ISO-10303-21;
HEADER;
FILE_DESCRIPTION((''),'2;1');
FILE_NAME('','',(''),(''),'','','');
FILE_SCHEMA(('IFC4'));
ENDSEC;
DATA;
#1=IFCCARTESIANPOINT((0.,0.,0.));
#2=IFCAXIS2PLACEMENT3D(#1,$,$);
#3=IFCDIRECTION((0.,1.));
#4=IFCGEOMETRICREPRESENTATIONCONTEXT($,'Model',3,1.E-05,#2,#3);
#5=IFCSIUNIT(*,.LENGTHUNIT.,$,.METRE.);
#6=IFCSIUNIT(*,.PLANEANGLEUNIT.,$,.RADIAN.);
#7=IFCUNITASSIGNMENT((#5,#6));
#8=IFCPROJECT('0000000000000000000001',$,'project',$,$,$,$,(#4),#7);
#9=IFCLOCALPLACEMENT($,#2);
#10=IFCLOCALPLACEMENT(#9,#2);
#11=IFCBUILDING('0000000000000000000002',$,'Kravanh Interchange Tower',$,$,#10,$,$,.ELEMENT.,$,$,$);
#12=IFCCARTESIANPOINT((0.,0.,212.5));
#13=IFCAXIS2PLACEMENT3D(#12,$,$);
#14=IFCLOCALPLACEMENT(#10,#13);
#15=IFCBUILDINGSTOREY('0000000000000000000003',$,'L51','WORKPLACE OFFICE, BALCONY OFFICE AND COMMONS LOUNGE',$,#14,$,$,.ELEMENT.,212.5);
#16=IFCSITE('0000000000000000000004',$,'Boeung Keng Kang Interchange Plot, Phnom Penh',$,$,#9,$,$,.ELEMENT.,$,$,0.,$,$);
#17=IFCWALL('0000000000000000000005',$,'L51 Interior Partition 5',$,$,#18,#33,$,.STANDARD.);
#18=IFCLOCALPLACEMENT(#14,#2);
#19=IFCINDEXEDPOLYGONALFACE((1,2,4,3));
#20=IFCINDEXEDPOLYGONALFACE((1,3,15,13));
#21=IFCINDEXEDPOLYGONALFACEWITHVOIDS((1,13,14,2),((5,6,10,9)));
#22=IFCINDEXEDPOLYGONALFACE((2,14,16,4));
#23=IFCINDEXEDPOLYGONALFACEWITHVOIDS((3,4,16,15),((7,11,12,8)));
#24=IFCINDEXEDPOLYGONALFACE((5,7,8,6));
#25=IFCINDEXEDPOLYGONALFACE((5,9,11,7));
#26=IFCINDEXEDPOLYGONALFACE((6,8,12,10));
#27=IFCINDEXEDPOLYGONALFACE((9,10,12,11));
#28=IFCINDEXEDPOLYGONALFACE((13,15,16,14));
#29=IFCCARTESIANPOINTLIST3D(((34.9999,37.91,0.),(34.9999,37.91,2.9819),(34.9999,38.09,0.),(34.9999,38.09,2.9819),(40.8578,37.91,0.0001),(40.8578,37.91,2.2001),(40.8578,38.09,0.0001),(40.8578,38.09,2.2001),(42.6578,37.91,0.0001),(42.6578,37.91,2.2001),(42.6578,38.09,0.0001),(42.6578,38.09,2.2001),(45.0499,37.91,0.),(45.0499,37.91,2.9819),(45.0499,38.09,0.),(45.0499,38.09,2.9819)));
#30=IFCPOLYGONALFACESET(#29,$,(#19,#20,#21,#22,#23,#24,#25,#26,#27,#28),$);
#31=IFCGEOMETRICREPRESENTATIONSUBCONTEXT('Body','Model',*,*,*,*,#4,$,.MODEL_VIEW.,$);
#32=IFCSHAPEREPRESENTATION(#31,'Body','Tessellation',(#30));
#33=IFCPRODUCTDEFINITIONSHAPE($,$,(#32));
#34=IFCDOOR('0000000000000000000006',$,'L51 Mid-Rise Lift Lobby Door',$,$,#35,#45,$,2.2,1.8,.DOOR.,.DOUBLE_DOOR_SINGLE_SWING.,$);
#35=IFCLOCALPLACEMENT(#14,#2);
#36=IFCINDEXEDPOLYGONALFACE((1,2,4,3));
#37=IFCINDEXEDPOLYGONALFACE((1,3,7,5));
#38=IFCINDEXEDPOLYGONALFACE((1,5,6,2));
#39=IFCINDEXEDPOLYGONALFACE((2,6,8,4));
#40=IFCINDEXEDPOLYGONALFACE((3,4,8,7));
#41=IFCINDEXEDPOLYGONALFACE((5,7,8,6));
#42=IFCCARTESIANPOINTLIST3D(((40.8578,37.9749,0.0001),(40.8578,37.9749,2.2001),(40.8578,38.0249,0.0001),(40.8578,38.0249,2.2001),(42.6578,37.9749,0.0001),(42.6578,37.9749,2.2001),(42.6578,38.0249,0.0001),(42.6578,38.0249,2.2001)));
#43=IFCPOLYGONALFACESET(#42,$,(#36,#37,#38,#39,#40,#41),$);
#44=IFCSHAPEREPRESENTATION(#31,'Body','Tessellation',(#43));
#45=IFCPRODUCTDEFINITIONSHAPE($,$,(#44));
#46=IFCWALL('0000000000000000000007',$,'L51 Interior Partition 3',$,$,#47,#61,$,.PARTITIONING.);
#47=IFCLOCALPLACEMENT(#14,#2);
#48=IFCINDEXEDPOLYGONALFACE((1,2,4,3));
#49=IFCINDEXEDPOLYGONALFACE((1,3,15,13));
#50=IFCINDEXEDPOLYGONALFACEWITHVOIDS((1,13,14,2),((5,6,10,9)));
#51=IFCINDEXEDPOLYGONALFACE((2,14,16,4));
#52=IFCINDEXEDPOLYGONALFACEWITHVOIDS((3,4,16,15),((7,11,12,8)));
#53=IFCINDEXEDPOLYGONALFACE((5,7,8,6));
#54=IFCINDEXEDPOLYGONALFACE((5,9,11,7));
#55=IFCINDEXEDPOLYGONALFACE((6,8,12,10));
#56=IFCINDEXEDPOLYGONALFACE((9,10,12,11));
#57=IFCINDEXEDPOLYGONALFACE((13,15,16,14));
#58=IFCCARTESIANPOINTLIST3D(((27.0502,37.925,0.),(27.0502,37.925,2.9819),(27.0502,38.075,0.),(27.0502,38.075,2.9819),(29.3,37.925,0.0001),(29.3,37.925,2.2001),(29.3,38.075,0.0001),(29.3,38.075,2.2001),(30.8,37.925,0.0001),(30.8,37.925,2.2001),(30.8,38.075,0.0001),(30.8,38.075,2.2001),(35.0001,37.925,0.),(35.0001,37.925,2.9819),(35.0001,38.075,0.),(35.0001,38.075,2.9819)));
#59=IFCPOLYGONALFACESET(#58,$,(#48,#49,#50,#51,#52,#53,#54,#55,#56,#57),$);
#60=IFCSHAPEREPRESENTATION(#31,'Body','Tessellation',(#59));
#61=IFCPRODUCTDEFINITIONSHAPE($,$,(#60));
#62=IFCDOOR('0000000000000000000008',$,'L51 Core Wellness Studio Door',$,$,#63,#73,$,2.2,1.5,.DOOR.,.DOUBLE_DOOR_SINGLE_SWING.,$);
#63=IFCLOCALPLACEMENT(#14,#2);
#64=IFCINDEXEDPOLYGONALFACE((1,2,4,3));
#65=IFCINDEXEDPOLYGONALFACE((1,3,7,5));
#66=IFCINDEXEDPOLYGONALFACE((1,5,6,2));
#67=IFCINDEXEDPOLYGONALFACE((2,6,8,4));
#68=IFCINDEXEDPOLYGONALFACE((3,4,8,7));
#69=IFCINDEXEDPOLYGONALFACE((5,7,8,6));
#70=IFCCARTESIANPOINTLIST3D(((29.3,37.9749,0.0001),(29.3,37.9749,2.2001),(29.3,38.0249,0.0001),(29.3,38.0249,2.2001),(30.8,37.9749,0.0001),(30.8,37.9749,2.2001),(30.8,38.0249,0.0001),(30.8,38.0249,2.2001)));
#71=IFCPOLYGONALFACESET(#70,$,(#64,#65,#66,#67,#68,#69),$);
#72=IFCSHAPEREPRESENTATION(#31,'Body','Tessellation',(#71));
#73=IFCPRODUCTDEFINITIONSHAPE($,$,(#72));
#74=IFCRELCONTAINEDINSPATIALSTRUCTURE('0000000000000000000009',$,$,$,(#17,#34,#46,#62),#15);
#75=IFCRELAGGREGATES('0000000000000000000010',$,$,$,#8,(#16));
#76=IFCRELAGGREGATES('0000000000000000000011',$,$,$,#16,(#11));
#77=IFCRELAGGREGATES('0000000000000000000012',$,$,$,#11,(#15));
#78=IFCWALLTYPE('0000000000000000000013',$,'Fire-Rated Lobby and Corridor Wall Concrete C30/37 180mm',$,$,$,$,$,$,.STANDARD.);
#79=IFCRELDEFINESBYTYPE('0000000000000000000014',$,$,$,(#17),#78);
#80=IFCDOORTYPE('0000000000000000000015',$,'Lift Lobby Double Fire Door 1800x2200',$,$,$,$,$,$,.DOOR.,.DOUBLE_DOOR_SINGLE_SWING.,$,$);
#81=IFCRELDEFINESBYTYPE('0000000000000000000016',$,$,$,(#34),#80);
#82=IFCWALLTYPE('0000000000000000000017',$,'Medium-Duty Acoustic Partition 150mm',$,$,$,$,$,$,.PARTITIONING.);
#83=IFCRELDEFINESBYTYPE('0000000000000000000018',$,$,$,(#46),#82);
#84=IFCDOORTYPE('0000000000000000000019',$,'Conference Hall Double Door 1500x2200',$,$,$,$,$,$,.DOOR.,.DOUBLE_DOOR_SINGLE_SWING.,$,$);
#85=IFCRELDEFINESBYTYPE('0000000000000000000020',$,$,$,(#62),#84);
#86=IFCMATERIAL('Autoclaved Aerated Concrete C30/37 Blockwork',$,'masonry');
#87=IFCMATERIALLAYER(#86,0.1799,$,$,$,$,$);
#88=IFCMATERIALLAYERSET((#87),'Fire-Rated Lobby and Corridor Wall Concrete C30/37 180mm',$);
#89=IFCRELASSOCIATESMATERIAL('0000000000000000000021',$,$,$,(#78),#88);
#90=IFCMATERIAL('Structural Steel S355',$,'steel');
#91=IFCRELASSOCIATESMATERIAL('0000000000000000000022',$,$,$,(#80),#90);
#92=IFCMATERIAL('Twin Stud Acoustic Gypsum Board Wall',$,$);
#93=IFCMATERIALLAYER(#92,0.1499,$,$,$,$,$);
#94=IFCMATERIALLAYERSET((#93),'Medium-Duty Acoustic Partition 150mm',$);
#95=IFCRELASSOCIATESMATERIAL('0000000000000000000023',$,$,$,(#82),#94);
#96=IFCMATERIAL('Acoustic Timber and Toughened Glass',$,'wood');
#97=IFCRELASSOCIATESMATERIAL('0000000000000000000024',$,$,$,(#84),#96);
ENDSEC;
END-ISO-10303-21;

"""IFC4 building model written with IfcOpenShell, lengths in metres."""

from ifc_helpers import new_model, si_unit, direction, frame, frame_2d, origin, place, context, subcontext, project, spatial, rectangle, extrude, material, layer, layer_set, type_object, element, fill, save


model = new_model("IFC4")

# Units and contexts
model_context = context("Model", 3, precision=1e-05, world=origin(), true_north=direction((0.0, 1.0)))
body_context = subcontext(model_context, "Body", "Model", "MODEL_VIEW")
ifc_project = project(units=[si_unit("LENGTHUNIT", "METRE"), si_unit("PLANEANGLEUNIT", "RADIAN")], contexts=[model_context])

# Site, building, storey
site_placement = place(None, origin())
site = spatial("IfcSite", under=ifc_project, at=site_placement, Name="Boeung Keng Kang Interchange Plot, Phnom Penh", CompositionType="ELEMENT", RefElevation=0.0)
building_placement = place(site_placement, origin())
building = spatial("IfcBuilding", under=site, at=building_placement, Name="Kravanh Interchange Tower", CompositionType="ELEMENT")
storey_placement = place(building_placement, frame((0.0, 0.0, 212.5)))
storey = spatial("IfcBuildingStorey", under=building, at=storey_placement, Name="L51", Description="WORKPLACE OFFICE, BALCONY OFFICE AND COMMONS LOUNGE", CompositionType="ELEMENT", Elevation=212.5)

# Shared definitions
ifc_material_1 = material(Name="Autoclaved Aerated Concrete C30/37 Blockwork", Category="masonry")
ifc_layer_1 = layer(ifc_material_1, 0.1799)
ifc_layer_set_1 = layer_set([ifc_layer_1], Name="Fire-Rated Lobby and Corridor Wall Concrete C30/37 180mm")
wall_type_1 = type_object("IfcWallType", Name="Fire-Rated Lobby and Corridor Wall Concrete C30/37 180mm", PredefinedType="STANDARD", material=ifc_layer_set_1)

# Walls, openings, doors
wall_1_placement = place(storey_placement, frame((35.0, 38.0, 0.0), z_axis=(0.0, 0.0, 1.0), x_axis=(1.0, 0.0, 0.0)))
wall_1 = element("IfcWall", 1, at=wall_1_placement, inside=storey, type_object=wall_type_1, Name="L51 Interior Partition 5", PredefinedType="STANDARD", context=body_context, shape_type="SweptSolid", body=[
    extrude(rectangle(XDim=10.05, YDim=0.1799, at=frame_2d((5.0249, 0.0))), origin(), (0.0, 0.0, 1.0), 2.9819),
])
opening_1_placement = place(wall_1_placement, frame((5.8579, 0.0, 0.0)))
opening_1 = element("IfcOpeningElement", 2, at=opening_1_placement, cuts=wall_1, PredefinedType="OPENING", context=body_context, shape_type="SweptSolid", body=[
    extrude(rectangle(XDim=1.8, YDim=2.2, at=frame_2d((0.8999, 1.1001))), frame((0.0, 0.1001, 0.0), z_axis=(0.0, -1.0, 0.0), x_axis=(1.0, 0.0, 0.0)), (0.0, 0.0, 1.0), 0.2),
])
ifc_material_2 = material(Name="Structural Steel S355", Category="steel")
door_type_1 = type_object("IfcDoorType", Name="Lift Lobby Double Fire Door 1800x2200", OperationType="DOUBLE_DOOR_SINGLE_SWING", PredefinedType="DOOR", material=ifc_material_2)
door_1_placement = place(opening_1_placement, origin())
door_1 = element("IfcDoor", 3, at=door_1_placement, inside=storey, type_object=door_type_1, Name="L51 Mid-Rise Lift Lobby Door", OperationType="DOUBLE_DOOR_SINGLE_SWING", OverallHeight=2.2, OverallWidth=1.8, PredefinedType="DOOR", context=body_context, shape_type="SweptSolid", body=[
    extrude(rectangle(XDim=1.8, YDim=2.2, at=frame_2d((0.8999, 1.1001))), frame((0.0, 0.0249, 0.0), z_axis=(0.0, -1.0, 0.0), x_axis=(1.0, 0.0, 0.0)), (0.0, 0.0, 1.0), 0.05),
])
fill(opening_1, door_1)
ifc_material_3 = material(Name="Twin Stud Acoustic Gypsum Board Wall")
ifc_layer_2 = layer(ifc_material_3, 0.1499)
ifc_layer_set_2 = layer_set([ifc_layer_2], Name="Medium-Duty Acoustic Partition 150mm")
wall_type_2 = type_object("IfcWallType", Name="Medium-Duty Acoustic Partition 150mm", PredefinedType="PARTITIONING", material=ifc_layer_set_2)
wall_2_placement = place(storey_placement, frame((27.05, 38.0, 0.0), z_axis=(0.0, 0.0, 1.0), x_axis=(1.0, 0.0, 0.0)))
wall_2 = element("IfcWall", 4, at=wall_2_placement, inside=storey, type_object=wall_type_2, Name="L51 Interior Partition 3", PredefinedType="PARTITIONING", context=body_context, shape_type="SweptSolid", body=[
    extrude(rectangle(XDim=7.95, YDim=0.1499, at=frame_2d((3.9751, 0.0))), origin(), (0.0, 0.0, 1.0), 2.9819),
])
opening_2_placement = place(wall_2_placement, frame((2.25, 0.0, 0.0)))
opening_2 = element("IfcOpeningElement", 5, at=opening_2_placement, cuts=wall_2, PredefinedType="OPENING", context=body_context, shape_type="SweptSolid", body=[
    extrude(rectangle(XDim=1.5, YDim=2.2, at=frame_2d((0.75, 1.1001))), frame((0.0, 0.085, 0.0), z_axis=(0.0, -1.0, 0.0), x_axis=(1.0, 0.0, 0.0)), (0.0, 0.0, 1.0), 0.1699),
])
ifc_material_4 = material(Name="Acoustic Timber and Toughened Glass", Category="wood")
door_type_2 = type_object("IfcDoorType", Name="Conference Hall Double Door 1500x2200", OperationType="DOUBLE_DOOR_SINGLE_SWING", PredefinedType="DOOR", material=ifc_material_4)
door_2_placement = place(opening_2_placement, origin())
door_2 = element("IfcDoor", 6, at=door_2_placement, inside=storey, type_object=door_type_2, Name="L51 Core Wellness Studio Door", OperationType="DOUBLE_DOOR_SINGLE_SWING", OverallHeight=2.2, OverallWidth=1.5, PredefinedType="DOOR", context=body_context, shape_type="SweptSolid", body=[
    extrude(rectangle(XDim=1.5, YDim=2.2, at=frame_2d((0.75, 1.1001))), frame((0.0, 0.0249, 0.0), z_axis=(0.0, -1.0, 0.0), x_axis=(1.0, 0.0, 0.0)), (0.0, 0.0, 1.0), 0.05),
])
fill(opening_2, door_2)

save(model, "model.ifc")
